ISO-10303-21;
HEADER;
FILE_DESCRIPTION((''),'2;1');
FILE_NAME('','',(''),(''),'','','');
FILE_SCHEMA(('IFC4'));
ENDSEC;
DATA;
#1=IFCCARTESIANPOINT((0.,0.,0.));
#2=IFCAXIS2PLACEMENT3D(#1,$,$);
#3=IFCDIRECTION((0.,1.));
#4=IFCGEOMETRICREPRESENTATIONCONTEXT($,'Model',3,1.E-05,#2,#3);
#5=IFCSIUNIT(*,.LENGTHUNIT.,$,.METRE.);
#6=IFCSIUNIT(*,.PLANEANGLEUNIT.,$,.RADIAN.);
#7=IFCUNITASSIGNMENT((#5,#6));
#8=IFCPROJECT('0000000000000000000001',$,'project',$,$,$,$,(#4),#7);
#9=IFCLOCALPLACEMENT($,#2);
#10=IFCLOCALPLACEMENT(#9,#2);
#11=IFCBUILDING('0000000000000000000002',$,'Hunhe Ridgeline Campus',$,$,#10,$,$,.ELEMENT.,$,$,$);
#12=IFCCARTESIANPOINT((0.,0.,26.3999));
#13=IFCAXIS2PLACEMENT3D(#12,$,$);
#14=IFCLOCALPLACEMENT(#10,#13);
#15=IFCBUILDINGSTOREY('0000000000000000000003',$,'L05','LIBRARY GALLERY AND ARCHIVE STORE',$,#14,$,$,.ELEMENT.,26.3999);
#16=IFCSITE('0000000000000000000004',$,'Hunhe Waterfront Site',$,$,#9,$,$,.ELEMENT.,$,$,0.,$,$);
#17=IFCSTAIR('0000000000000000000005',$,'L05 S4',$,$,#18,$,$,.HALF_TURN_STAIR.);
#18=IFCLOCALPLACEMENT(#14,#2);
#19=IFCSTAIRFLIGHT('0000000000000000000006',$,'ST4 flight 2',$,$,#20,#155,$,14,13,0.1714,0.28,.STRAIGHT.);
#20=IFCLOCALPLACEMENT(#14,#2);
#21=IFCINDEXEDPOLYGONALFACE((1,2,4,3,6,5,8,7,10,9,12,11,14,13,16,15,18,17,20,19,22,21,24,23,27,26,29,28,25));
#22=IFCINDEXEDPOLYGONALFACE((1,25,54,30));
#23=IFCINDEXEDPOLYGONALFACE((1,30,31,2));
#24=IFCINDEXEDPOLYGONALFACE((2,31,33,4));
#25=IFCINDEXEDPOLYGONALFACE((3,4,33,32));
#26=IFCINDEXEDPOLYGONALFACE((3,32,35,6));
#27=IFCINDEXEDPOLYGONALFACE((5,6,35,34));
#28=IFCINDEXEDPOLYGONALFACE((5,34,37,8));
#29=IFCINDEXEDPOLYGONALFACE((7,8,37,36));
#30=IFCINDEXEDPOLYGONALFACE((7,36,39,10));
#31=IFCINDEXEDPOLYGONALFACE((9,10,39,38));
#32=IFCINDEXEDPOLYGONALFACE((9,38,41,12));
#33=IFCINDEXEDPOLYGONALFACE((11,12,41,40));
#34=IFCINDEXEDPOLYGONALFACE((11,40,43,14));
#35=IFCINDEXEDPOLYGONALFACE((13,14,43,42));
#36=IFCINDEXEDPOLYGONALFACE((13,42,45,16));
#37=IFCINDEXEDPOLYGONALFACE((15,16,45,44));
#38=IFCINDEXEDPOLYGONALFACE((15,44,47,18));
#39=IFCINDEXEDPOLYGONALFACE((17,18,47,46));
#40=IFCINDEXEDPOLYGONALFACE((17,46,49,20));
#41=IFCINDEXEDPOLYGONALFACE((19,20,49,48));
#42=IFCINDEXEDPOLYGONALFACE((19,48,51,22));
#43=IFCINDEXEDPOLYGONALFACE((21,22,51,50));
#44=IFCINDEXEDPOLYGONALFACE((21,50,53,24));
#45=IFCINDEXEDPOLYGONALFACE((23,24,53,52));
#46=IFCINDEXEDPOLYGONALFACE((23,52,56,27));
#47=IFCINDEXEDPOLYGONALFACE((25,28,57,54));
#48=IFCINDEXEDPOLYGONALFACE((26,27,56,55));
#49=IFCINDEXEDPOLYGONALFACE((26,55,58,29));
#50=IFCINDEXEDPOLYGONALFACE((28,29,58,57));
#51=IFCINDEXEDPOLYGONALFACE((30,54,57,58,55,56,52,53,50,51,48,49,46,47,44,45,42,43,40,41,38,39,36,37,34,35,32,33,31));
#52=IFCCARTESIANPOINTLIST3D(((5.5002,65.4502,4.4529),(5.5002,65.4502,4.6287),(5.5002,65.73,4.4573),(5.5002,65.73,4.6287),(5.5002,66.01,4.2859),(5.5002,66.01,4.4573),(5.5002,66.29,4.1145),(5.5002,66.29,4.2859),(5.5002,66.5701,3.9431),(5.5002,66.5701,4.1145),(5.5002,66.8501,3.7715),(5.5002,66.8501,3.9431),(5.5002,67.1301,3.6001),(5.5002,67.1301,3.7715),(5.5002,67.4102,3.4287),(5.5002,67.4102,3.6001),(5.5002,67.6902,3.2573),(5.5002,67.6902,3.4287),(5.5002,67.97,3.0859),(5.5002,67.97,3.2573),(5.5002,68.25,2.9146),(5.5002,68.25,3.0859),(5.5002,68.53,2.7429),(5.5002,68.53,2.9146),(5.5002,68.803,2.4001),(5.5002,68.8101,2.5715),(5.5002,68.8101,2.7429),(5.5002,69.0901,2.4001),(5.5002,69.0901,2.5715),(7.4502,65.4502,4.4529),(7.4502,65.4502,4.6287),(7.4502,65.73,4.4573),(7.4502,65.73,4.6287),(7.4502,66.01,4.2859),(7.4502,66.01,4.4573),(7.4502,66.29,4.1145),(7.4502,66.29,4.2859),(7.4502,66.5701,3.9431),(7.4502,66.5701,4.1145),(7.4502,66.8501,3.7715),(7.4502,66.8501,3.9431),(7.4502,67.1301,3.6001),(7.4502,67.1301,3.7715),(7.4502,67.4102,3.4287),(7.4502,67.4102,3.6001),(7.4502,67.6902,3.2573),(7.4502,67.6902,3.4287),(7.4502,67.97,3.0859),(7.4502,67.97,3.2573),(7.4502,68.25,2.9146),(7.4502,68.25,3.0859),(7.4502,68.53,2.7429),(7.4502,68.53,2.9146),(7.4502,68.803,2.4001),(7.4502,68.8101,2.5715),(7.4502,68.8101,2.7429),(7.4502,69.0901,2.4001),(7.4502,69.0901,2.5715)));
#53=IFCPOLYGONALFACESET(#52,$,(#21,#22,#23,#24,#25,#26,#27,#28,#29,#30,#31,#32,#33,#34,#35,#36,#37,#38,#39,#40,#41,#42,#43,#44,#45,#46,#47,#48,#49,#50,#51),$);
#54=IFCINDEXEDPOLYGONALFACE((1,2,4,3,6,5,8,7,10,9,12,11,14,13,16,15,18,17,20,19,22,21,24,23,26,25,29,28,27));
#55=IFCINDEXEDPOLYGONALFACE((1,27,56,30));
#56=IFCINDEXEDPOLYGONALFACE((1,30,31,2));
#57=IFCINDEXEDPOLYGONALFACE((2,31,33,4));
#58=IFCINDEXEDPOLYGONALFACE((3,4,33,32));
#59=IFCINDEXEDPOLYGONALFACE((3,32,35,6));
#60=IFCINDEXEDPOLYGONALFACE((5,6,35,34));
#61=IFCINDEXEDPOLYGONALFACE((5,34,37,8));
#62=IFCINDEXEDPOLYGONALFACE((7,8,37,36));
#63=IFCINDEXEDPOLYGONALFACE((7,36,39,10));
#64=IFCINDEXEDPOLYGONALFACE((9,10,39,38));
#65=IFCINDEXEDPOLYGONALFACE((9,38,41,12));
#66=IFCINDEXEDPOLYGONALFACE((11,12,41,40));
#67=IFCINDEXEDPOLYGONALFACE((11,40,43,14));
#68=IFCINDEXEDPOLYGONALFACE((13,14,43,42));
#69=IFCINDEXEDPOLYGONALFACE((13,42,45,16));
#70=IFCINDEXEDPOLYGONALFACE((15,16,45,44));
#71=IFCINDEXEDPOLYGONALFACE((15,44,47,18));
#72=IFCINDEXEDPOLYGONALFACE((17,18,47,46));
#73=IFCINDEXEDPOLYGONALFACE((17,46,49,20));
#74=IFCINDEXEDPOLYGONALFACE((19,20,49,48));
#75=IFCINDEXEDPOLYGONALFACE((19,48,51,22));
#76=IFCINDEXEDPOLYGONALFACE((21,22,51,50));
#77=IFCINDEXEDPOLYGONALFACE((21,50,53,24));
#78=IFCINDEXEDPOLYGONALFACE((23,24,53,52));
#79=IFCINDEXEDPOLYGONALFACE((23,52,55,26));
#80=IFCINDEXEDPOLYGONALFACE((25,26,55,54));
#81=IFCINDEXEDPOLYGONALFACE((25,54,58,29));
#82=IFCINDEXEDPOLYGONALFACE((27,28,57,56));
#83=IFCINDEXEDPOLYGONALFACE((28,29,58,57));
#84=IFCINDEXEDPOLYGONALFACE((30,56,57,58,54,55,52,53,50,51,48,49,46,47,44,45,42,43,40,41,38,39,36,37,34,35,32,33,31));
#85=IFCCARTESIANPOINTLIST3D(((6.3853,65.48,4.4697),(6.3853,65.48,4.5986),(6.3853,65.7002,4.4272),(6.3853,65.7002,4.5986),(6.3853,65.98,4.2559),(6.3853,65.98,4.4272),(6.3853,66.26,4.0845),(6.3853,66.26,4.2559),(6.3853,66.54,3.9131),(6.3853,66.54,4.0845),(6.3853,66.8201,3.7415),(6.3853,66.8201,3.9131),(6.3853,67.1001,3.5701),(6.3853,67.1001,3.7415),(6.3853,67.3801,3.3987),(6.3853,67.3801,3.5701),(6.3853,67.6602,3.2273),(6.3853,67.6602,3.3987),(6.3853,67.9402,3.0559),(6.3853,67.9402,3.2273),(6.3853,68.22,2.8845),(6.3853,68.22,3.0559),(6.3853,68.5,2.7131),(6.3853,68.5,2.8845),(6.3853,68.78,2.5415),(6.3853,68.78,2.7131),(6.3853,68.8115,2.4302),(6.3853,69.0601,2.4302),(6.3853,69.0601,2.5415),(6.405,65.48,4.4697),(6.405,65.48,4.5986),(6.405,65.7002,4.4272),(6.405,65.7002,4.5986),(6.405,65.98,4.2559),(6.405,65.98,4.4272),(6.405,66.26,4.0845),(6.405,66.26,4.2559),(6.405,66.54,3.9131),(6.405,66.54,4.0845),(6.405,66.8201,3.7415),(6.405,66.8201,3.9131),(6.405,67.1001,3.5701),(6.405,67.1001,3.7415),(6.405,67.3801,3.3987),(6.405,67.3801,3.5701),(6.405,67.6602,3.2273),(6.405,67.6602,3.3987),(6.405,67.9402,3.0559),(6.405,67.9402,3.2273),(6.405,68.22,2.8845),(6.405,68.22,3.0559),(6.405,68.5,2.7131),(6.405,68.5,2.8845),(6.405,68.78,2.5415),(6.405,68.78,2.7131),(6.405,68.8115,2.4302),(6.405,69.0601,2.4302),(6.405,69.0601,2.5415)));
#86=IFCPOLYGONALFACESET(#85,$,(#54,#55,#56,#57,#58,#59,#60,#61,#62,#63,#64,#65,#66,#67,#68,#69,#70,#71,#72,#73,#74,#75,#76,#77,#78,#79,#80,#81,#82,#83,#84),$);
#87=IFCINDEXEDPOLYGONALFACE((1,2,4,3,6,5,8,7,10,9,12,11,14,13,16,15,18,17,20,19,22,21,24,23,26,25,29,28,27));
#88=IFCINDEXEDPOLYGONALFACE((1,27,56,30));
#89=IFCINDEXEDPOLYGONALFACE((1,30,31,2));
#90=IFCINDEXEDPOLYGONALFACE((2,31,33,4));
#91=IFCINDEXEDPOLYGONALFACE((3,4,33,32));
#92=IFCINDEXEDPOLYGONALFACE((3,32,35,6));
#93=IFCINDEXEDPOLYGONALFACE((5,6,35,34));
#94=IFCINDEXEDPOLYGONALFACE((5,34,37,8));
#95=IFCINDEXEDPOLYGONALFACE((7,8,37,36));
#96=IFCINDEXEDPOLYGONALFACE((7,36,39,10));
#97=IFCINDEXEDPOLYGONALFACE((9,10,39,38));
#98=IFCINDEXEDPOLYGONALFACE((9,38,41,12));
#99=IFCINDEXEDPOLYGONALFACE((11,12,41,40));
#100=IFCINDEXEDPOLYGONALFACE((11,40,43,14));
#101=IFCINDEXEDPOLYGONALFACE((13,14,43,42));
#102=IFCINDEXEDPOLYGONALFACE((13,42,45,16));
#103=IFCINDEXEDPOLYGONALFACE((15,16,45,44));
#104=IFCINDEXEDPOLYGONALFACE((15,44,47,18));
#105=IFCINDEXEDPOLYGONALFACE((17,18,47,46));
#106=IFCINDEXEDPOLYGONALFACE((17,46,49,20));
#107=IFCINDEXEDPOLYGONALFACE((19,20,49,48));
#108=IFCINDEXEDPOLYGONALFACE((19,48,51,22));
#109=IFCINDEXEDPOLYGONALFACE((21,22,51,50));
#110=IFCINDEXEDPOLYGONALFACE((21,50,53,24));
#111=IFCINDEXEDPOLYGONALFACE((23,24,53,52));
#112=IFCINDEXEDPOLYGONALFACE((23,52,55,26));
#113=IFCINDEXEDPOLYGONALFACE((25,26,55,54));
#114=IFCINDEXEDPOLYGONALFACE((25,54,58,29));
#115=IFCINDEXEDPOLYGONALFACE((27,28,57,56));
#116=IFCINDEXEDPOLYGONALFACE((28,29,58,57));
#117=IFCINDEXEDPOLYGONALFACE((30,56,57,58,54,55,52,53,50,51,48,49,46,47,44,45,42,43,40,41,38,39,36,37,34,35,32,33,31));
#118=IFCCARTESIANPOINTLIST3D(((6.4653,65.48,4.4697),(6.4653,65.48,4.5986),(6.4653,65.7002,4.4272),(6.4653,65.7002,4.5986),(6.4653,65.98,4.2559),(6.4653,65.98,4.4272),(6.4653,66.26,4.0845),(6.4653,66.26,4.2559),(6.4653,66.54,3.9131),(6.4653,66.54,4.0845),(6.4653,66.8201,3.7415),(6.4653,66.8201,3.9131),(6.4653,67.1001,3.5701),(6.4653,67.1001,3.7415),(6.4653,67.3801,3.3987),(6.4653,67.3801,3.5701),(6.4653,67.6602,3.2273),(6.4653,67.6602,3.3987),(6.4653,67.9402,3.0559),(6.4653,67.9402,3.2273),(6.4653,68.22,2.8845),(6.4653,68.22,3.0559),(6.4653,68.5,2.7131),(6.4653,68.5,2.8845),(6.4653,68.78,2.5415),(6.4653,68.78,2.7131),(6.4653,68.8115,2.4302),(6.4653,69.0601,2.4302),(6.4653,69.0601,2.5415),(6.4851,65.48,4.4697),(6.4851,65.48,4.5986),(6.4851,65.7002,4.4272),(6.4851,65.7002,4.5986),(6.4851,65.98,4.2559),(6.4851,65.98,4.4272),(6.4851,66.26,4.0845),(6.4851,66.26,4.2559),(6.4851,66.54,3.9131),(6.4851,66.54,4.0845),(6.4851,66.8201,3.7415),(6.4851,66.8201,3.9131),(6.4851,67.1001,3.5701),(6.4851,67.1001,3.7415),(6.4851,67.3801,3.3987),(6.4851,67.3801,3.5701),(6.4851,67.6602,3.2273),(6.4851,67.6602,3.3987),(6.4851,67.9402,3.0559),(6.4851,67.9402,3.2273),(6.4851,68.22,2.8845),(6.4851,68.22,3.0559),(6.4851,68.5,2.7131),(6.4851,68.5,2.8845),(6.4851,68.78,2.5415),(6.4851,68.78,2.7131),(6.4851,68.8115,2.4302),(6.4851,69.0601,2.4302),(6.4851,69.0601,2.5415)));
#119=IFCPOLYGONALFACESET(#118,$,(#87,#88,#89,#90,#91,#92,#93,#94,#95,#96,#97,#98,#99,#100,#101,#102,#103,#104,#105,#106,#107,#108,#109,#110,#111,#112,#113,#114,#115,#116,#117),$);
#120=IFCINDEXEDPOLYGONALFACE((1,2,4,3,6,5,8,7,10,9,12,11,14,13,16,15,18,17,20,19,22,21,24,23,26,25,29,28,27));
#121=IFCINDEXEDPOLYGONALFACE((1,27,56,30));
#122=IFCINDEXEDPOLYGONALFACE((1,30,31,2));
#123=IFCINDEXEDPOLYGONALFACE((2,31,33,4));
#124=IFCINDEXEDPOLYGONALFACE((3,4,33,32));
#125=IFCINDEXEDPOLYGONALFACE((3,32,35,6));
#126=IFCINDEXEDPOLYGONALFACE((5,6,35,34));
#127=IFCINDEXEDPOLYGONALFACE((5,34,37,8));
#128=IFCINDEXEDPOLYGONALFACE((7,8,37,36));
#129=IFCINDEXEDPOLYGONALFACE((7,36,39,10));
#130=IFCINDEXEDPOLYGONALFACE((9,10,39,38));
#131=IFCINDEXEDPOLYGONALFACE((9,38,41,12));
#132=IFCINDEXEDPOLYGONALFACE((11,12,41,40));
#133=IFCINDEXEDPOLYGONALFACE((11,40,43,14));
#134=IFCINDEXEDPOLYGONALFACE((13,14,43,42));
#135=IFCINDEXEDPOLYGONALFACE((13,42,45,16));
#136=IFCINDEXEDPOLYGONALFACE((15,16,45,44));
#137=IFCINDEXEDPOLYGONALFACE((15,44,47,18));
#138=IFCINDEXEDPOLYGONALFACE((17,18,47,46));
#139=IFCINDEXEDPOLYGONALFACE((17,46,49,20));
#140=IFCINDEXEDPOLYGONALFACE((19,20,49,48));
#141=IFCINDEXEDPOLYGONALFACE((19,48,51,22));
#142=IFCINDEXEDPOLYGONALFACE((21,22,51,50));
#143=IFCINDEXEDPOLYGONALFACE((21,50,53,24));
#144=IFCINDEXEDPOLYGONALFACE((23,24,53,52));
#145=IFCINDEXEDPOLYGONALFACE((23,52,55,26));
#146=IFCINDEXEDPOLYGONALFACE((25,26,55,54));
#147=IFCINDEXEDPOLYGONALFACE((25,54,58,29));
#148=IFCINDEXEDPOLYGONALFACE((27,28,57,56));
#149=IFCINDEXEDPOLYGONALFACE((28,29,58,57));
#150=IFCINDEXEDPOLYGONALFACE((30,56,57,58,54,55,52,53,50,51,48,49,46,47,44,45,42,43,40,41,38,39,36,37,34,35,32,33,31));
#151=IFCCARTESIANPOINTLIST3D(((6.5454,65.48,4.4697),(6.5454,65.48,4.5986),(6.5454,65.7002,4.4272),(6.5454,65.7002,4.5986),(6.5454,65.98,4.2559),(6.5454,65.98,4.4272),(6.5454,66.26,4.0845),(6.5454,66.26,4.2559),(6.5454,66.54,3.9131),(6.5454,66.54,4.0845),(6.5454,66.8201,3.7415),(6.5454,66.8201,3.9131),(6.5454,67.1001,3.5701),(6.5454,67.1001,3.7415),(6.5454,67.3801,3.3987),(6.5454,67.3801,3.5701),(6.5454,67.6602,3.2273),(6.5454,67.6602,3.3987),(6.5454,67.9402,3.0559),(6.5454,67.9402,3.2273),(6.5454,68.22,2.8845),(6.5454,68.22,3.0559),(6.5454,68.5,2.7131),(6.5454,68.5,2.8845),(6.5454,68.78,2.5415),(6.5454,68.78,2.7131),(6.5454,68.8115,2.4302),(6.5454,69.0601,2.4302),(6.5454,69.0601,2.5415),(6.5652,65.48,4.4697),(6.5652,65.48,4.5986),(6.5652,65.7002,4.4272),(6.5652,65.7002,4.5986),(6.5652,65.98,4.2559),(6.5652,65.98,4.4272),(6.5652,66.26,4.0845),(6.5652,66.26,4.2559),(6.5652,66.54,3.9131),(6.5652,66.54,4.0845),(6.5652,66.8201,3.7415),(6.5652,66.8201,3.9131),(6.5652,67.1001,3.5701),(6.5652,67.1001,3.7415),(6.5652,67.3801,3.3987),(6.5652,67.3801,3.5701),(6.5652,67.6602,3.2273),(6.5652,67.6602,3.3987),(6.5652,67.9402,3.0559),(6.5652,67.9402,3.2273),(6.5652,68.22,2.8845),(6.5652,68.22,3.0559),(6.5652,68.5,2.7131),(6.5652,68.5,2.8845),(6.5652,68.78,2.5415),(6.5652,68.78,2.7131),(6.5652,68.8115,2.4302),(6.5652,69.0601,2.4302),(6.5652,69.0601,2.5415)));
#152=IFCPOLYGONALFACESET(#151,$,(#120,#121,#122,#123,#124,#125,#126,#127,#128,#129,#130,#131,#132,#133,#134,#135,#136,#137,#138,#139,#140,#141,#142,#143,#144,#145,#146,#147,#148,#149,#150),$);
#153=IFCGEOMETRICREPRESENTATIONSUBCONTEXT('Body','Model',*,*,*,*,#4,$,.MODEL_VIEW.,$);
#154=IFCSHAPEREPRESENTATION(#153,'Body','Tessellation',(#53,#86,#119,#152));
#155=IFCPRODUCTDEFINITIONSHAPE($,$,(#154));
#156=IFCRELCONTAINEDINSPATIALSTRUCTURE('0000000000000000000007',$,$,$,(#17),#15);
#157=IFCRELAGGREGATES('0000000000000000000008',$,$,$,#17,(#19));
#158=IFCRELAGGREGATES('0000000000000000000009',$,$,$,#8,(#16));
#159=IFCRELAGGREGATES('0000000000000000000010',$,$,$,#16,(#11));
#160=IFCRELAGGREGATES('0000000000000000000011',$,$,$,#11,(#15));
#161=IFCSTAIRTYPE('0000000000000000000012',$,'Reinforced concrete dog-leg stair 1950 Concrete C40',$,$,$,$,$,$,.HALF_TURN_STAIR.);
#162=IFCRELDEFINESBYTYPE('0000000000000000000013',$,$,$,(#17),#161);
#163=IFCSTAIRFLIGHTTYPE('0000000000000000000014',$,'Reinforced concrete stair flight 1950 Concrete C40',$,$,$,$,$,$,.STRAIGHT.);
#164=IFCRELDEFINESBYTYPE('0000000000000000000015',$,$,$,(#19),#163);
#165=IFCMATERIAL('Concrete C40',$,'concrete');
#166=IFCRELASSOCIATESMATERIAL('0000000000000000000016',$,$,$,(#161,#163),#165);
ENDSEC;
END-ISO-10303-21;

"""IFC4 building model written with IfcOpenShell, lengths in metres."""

from ifc_helpers import new_model, si_unit, direction, frame, origin, place, context, subcontext, project, spatial, polyline, outline, extrude, material, type_object, element, aggregate, save


model = new_model("IFC4")

# Units and contexts
model_context = context("Model", 3, precision=1e-05, world=origin(), true_north=direction((0.0, 1.0)))
body_context = subcontext(model_context, "Body", "Model", "MODEL_VIEW")
ifc_project = project(units=[si_unit("LENGTHUNIT", "METRE"), si_unit("PLANEANGLEUNIT", "RADIAN")], contexts=[model_context])

# Site, building, storey
site_placement = place(None, origin())
site = spatial("IfcSite", under=ifc_project, at=site_placement, Name="Hunhe Waterfront Site", CompositionType="ELEMENT", RefElevation=0.0)
building_placement = place(site_placement, origin())
building = spatial("IfcBuilding", under=site, at=building_placement, Name="Hunhe Ridgeline Campus", CompositionType="ELEMENT")
storey_placement = place(building_placement, frame((0.0, 0.0, 26.3999)))
storey = spatial("IfcBuildingStorey", under=building, at=storey_placement, Name="L05", Description="LIBRARY GALLERY AND ARCHIVE STORE", CompositionType="ELEMENT", Elevation=26.3999)

# Stair, stair flight
ifc_material_1 = material(Name="Concrete C40", Category="concrete")
stair_type = type_object("IfcStairType", Name="Reinforced concrete dog-leg stair 1950 Concrete C40", PredefinedType="HALF_TURN_STAIR", material=ifc_material_1)
stair_flight_type = type_object("IfcStairFlightType", Name="Reinforced concrete stair flight 1950 Concrete C40", PredefinedType="STRAIGHT", material=ifc_material_1)
stair_1_placement = place(storey_placement, origin())
stair_1 = element("IfcStair", 1, at=stair_1_placement, inside=storey, type_object=stair_type, Name="L05 S4", PredefinedType="HALF_TURN_STAIR")
stair_flight_1_placement = place(storey_placement, frame((6.4751, 69.0901, 2.4001), z_axis=(0.0, 0.0, 1.0), x_axis=(0.0, -1.0, 0.0)))
stair_flight_1 = element("IfcStairFlight", 2, at=stair_flight_1_placement, type_object=stair_flight_type, Name="ST4 flight 2", NumberOfRisers=14, NumberOfTreads=13, PredefinedType="STRAIGHT", RiserHeight=0.1714, TreadLength=0.28, context=body_context, shape_type="SweptSolid", body=[
    extrude(outline(polyline([(0.0, 0.0), (0.0, 0.1714), (0.28, 0.1714), (0.28, 0.3428), (0.5601, 0.3428), (0.5601, 0.5144), (0.8401, 0.5144), (0.8401, 0.6858), (1.1201, 0.6858), (1.1201, 0.8572), (1.3999, 0.8572), (1.3999, 1.0286), (1.6799, 1.0286), (1.6799, 1.2), (1.96, 1.2), (1.96, 1.3713), (2.24, 1.3713), (2.24, 1.543), (2.52, 1.543), (2.52, 1.7144), (2.8, 1.7144), (2.8, 1.8857), (3.0801, 1.8857), (3.0801, 2.0571), (3.3601, 2.0571), (3.3601, 2.2285), (3.6399, 2.2285), (3.6399, 2.3999), (3.6399, 2.0527), (0.2871, 0.0), (0.0, 0.0)])), frame((0.0, 0.9751, 0.0), z_axis=(0.0, -1.0, 0.0), x_axis=(1.0, 0.0, 0.0)), (0.0, 0.0, 1.0), 1.95),
    extrude(outline(polyline([(0.03, 0.03), (0.03, 0.1414), (0.3101, 0.1414), (0.3101, 0.313), (0.5901, 0.313), (0.5901, 0.4844), (0.8701, 0.4844), (0.8701, 0.6558), (1.1499, 0.6558), (1.1499, 0.8271), (1.4299, 0.8271), (1.4299, 0.9985), (1.71, 0.9985), (1.71, 1.1699), (1.99, 1.1699), (1.99, 1.3413), (2.27, 1.3413), (2.27, 1.5129), (2.55, 1.5129), (2.55, 1.6843), (2.8301, 1.6843), (2.8301, 1.8557), (3.1101, 1.8557), (3.1101, 2.0271), (3.3899, 2.0271), (3.3899, 2.1985), (3.6101, 2.1985), (3.6101, 2.0696), (0.2786, 0.03), (0.03, 0.03)])), frame((0.0, -0.0701, 0.0), z_axis=(0.0, -1.0, 0.0), x_axis=(1.0, 0.0, 0.0)), (0.0, 0.0, 1.0), 0.0198),
    extrude(outline(polyline([(0.03, 0.03), (0.03, 0.1414), (0.3101, 0.1414), (0.3101, 0.313), (0.5901, 0.313), (0.5901, 0.4844), (0.8701, 0.4844), (0.8701, 0.6558), (1.1499, 0.6558), (1.1499, 0.8271), (1.4299, 0.8271), (1.4299, 0.9985), (1.71, 0.9985), (1.71, 1.1699), (1.99, 1.1699), (1.99, 1.3413), (2.27, 1.3413), (2.27, 1.5129), (2.55, 1.5129), (2.55, 1.6843), (2.8301, 1.6843), (2.8301, 1.8557), (3.1101, 1.8557), (3.1101, 2.0271), (3.3899, 2.0271), (3.3899, 2.1985), (3.6101, 2.1985), (3.6101, 2.0696), (0.2786, 0.03), (0.03, 0.03)])), frame((0.0, 0.01, 0.0), z_axis=(0.0, -1.0, 0.0), x_axis=(1.0, 0.0, 0.0)), (0.0, 0.0, 1.0), 0.0198),
    extrude(outline(polyline([(0.03, 0.03), (0.03, 0.1414), (0.3101, 0.1414), (0.3101, 0.313), (0.5901, 0.313), (0.5901, 0.4844), (0.8701, 0.4844), (0.8701, 0.6558), (1.1499, 0.6558), (1.1499, 0.8271), (1.4299, 0.8271), (1.4299, 0.9985), (1.71, 0.9985), (1.71, 1.1699), (1.99, 1.1699), (1.99, 1.3413), (2.27, 1.3413), (2.27, 1.5129), (2.55, 1.5129), (2.55, 1.6843), (2.8301, 1.6843), (2.8301, 1.8557), (3.1101, 1.8557), (3.1101, 2.0271), (3.3899, 2.0271), (3.3899, 2.1985), (3.6101, 2.1985), (3.6101, 2.0696), (0.2786, 0.03), (0.03, 0.03)])), frame((0.0, 0.0901, 0.0), z_axis=(0.0, -1.0, 0.0), x_axis=(1.0, 0.0, 0.0)), (0.0, 0.0, 1.0), 0.0198),
])
aggregate(stair_1, [stair_flight_1])

save(model, "model.ifc")
